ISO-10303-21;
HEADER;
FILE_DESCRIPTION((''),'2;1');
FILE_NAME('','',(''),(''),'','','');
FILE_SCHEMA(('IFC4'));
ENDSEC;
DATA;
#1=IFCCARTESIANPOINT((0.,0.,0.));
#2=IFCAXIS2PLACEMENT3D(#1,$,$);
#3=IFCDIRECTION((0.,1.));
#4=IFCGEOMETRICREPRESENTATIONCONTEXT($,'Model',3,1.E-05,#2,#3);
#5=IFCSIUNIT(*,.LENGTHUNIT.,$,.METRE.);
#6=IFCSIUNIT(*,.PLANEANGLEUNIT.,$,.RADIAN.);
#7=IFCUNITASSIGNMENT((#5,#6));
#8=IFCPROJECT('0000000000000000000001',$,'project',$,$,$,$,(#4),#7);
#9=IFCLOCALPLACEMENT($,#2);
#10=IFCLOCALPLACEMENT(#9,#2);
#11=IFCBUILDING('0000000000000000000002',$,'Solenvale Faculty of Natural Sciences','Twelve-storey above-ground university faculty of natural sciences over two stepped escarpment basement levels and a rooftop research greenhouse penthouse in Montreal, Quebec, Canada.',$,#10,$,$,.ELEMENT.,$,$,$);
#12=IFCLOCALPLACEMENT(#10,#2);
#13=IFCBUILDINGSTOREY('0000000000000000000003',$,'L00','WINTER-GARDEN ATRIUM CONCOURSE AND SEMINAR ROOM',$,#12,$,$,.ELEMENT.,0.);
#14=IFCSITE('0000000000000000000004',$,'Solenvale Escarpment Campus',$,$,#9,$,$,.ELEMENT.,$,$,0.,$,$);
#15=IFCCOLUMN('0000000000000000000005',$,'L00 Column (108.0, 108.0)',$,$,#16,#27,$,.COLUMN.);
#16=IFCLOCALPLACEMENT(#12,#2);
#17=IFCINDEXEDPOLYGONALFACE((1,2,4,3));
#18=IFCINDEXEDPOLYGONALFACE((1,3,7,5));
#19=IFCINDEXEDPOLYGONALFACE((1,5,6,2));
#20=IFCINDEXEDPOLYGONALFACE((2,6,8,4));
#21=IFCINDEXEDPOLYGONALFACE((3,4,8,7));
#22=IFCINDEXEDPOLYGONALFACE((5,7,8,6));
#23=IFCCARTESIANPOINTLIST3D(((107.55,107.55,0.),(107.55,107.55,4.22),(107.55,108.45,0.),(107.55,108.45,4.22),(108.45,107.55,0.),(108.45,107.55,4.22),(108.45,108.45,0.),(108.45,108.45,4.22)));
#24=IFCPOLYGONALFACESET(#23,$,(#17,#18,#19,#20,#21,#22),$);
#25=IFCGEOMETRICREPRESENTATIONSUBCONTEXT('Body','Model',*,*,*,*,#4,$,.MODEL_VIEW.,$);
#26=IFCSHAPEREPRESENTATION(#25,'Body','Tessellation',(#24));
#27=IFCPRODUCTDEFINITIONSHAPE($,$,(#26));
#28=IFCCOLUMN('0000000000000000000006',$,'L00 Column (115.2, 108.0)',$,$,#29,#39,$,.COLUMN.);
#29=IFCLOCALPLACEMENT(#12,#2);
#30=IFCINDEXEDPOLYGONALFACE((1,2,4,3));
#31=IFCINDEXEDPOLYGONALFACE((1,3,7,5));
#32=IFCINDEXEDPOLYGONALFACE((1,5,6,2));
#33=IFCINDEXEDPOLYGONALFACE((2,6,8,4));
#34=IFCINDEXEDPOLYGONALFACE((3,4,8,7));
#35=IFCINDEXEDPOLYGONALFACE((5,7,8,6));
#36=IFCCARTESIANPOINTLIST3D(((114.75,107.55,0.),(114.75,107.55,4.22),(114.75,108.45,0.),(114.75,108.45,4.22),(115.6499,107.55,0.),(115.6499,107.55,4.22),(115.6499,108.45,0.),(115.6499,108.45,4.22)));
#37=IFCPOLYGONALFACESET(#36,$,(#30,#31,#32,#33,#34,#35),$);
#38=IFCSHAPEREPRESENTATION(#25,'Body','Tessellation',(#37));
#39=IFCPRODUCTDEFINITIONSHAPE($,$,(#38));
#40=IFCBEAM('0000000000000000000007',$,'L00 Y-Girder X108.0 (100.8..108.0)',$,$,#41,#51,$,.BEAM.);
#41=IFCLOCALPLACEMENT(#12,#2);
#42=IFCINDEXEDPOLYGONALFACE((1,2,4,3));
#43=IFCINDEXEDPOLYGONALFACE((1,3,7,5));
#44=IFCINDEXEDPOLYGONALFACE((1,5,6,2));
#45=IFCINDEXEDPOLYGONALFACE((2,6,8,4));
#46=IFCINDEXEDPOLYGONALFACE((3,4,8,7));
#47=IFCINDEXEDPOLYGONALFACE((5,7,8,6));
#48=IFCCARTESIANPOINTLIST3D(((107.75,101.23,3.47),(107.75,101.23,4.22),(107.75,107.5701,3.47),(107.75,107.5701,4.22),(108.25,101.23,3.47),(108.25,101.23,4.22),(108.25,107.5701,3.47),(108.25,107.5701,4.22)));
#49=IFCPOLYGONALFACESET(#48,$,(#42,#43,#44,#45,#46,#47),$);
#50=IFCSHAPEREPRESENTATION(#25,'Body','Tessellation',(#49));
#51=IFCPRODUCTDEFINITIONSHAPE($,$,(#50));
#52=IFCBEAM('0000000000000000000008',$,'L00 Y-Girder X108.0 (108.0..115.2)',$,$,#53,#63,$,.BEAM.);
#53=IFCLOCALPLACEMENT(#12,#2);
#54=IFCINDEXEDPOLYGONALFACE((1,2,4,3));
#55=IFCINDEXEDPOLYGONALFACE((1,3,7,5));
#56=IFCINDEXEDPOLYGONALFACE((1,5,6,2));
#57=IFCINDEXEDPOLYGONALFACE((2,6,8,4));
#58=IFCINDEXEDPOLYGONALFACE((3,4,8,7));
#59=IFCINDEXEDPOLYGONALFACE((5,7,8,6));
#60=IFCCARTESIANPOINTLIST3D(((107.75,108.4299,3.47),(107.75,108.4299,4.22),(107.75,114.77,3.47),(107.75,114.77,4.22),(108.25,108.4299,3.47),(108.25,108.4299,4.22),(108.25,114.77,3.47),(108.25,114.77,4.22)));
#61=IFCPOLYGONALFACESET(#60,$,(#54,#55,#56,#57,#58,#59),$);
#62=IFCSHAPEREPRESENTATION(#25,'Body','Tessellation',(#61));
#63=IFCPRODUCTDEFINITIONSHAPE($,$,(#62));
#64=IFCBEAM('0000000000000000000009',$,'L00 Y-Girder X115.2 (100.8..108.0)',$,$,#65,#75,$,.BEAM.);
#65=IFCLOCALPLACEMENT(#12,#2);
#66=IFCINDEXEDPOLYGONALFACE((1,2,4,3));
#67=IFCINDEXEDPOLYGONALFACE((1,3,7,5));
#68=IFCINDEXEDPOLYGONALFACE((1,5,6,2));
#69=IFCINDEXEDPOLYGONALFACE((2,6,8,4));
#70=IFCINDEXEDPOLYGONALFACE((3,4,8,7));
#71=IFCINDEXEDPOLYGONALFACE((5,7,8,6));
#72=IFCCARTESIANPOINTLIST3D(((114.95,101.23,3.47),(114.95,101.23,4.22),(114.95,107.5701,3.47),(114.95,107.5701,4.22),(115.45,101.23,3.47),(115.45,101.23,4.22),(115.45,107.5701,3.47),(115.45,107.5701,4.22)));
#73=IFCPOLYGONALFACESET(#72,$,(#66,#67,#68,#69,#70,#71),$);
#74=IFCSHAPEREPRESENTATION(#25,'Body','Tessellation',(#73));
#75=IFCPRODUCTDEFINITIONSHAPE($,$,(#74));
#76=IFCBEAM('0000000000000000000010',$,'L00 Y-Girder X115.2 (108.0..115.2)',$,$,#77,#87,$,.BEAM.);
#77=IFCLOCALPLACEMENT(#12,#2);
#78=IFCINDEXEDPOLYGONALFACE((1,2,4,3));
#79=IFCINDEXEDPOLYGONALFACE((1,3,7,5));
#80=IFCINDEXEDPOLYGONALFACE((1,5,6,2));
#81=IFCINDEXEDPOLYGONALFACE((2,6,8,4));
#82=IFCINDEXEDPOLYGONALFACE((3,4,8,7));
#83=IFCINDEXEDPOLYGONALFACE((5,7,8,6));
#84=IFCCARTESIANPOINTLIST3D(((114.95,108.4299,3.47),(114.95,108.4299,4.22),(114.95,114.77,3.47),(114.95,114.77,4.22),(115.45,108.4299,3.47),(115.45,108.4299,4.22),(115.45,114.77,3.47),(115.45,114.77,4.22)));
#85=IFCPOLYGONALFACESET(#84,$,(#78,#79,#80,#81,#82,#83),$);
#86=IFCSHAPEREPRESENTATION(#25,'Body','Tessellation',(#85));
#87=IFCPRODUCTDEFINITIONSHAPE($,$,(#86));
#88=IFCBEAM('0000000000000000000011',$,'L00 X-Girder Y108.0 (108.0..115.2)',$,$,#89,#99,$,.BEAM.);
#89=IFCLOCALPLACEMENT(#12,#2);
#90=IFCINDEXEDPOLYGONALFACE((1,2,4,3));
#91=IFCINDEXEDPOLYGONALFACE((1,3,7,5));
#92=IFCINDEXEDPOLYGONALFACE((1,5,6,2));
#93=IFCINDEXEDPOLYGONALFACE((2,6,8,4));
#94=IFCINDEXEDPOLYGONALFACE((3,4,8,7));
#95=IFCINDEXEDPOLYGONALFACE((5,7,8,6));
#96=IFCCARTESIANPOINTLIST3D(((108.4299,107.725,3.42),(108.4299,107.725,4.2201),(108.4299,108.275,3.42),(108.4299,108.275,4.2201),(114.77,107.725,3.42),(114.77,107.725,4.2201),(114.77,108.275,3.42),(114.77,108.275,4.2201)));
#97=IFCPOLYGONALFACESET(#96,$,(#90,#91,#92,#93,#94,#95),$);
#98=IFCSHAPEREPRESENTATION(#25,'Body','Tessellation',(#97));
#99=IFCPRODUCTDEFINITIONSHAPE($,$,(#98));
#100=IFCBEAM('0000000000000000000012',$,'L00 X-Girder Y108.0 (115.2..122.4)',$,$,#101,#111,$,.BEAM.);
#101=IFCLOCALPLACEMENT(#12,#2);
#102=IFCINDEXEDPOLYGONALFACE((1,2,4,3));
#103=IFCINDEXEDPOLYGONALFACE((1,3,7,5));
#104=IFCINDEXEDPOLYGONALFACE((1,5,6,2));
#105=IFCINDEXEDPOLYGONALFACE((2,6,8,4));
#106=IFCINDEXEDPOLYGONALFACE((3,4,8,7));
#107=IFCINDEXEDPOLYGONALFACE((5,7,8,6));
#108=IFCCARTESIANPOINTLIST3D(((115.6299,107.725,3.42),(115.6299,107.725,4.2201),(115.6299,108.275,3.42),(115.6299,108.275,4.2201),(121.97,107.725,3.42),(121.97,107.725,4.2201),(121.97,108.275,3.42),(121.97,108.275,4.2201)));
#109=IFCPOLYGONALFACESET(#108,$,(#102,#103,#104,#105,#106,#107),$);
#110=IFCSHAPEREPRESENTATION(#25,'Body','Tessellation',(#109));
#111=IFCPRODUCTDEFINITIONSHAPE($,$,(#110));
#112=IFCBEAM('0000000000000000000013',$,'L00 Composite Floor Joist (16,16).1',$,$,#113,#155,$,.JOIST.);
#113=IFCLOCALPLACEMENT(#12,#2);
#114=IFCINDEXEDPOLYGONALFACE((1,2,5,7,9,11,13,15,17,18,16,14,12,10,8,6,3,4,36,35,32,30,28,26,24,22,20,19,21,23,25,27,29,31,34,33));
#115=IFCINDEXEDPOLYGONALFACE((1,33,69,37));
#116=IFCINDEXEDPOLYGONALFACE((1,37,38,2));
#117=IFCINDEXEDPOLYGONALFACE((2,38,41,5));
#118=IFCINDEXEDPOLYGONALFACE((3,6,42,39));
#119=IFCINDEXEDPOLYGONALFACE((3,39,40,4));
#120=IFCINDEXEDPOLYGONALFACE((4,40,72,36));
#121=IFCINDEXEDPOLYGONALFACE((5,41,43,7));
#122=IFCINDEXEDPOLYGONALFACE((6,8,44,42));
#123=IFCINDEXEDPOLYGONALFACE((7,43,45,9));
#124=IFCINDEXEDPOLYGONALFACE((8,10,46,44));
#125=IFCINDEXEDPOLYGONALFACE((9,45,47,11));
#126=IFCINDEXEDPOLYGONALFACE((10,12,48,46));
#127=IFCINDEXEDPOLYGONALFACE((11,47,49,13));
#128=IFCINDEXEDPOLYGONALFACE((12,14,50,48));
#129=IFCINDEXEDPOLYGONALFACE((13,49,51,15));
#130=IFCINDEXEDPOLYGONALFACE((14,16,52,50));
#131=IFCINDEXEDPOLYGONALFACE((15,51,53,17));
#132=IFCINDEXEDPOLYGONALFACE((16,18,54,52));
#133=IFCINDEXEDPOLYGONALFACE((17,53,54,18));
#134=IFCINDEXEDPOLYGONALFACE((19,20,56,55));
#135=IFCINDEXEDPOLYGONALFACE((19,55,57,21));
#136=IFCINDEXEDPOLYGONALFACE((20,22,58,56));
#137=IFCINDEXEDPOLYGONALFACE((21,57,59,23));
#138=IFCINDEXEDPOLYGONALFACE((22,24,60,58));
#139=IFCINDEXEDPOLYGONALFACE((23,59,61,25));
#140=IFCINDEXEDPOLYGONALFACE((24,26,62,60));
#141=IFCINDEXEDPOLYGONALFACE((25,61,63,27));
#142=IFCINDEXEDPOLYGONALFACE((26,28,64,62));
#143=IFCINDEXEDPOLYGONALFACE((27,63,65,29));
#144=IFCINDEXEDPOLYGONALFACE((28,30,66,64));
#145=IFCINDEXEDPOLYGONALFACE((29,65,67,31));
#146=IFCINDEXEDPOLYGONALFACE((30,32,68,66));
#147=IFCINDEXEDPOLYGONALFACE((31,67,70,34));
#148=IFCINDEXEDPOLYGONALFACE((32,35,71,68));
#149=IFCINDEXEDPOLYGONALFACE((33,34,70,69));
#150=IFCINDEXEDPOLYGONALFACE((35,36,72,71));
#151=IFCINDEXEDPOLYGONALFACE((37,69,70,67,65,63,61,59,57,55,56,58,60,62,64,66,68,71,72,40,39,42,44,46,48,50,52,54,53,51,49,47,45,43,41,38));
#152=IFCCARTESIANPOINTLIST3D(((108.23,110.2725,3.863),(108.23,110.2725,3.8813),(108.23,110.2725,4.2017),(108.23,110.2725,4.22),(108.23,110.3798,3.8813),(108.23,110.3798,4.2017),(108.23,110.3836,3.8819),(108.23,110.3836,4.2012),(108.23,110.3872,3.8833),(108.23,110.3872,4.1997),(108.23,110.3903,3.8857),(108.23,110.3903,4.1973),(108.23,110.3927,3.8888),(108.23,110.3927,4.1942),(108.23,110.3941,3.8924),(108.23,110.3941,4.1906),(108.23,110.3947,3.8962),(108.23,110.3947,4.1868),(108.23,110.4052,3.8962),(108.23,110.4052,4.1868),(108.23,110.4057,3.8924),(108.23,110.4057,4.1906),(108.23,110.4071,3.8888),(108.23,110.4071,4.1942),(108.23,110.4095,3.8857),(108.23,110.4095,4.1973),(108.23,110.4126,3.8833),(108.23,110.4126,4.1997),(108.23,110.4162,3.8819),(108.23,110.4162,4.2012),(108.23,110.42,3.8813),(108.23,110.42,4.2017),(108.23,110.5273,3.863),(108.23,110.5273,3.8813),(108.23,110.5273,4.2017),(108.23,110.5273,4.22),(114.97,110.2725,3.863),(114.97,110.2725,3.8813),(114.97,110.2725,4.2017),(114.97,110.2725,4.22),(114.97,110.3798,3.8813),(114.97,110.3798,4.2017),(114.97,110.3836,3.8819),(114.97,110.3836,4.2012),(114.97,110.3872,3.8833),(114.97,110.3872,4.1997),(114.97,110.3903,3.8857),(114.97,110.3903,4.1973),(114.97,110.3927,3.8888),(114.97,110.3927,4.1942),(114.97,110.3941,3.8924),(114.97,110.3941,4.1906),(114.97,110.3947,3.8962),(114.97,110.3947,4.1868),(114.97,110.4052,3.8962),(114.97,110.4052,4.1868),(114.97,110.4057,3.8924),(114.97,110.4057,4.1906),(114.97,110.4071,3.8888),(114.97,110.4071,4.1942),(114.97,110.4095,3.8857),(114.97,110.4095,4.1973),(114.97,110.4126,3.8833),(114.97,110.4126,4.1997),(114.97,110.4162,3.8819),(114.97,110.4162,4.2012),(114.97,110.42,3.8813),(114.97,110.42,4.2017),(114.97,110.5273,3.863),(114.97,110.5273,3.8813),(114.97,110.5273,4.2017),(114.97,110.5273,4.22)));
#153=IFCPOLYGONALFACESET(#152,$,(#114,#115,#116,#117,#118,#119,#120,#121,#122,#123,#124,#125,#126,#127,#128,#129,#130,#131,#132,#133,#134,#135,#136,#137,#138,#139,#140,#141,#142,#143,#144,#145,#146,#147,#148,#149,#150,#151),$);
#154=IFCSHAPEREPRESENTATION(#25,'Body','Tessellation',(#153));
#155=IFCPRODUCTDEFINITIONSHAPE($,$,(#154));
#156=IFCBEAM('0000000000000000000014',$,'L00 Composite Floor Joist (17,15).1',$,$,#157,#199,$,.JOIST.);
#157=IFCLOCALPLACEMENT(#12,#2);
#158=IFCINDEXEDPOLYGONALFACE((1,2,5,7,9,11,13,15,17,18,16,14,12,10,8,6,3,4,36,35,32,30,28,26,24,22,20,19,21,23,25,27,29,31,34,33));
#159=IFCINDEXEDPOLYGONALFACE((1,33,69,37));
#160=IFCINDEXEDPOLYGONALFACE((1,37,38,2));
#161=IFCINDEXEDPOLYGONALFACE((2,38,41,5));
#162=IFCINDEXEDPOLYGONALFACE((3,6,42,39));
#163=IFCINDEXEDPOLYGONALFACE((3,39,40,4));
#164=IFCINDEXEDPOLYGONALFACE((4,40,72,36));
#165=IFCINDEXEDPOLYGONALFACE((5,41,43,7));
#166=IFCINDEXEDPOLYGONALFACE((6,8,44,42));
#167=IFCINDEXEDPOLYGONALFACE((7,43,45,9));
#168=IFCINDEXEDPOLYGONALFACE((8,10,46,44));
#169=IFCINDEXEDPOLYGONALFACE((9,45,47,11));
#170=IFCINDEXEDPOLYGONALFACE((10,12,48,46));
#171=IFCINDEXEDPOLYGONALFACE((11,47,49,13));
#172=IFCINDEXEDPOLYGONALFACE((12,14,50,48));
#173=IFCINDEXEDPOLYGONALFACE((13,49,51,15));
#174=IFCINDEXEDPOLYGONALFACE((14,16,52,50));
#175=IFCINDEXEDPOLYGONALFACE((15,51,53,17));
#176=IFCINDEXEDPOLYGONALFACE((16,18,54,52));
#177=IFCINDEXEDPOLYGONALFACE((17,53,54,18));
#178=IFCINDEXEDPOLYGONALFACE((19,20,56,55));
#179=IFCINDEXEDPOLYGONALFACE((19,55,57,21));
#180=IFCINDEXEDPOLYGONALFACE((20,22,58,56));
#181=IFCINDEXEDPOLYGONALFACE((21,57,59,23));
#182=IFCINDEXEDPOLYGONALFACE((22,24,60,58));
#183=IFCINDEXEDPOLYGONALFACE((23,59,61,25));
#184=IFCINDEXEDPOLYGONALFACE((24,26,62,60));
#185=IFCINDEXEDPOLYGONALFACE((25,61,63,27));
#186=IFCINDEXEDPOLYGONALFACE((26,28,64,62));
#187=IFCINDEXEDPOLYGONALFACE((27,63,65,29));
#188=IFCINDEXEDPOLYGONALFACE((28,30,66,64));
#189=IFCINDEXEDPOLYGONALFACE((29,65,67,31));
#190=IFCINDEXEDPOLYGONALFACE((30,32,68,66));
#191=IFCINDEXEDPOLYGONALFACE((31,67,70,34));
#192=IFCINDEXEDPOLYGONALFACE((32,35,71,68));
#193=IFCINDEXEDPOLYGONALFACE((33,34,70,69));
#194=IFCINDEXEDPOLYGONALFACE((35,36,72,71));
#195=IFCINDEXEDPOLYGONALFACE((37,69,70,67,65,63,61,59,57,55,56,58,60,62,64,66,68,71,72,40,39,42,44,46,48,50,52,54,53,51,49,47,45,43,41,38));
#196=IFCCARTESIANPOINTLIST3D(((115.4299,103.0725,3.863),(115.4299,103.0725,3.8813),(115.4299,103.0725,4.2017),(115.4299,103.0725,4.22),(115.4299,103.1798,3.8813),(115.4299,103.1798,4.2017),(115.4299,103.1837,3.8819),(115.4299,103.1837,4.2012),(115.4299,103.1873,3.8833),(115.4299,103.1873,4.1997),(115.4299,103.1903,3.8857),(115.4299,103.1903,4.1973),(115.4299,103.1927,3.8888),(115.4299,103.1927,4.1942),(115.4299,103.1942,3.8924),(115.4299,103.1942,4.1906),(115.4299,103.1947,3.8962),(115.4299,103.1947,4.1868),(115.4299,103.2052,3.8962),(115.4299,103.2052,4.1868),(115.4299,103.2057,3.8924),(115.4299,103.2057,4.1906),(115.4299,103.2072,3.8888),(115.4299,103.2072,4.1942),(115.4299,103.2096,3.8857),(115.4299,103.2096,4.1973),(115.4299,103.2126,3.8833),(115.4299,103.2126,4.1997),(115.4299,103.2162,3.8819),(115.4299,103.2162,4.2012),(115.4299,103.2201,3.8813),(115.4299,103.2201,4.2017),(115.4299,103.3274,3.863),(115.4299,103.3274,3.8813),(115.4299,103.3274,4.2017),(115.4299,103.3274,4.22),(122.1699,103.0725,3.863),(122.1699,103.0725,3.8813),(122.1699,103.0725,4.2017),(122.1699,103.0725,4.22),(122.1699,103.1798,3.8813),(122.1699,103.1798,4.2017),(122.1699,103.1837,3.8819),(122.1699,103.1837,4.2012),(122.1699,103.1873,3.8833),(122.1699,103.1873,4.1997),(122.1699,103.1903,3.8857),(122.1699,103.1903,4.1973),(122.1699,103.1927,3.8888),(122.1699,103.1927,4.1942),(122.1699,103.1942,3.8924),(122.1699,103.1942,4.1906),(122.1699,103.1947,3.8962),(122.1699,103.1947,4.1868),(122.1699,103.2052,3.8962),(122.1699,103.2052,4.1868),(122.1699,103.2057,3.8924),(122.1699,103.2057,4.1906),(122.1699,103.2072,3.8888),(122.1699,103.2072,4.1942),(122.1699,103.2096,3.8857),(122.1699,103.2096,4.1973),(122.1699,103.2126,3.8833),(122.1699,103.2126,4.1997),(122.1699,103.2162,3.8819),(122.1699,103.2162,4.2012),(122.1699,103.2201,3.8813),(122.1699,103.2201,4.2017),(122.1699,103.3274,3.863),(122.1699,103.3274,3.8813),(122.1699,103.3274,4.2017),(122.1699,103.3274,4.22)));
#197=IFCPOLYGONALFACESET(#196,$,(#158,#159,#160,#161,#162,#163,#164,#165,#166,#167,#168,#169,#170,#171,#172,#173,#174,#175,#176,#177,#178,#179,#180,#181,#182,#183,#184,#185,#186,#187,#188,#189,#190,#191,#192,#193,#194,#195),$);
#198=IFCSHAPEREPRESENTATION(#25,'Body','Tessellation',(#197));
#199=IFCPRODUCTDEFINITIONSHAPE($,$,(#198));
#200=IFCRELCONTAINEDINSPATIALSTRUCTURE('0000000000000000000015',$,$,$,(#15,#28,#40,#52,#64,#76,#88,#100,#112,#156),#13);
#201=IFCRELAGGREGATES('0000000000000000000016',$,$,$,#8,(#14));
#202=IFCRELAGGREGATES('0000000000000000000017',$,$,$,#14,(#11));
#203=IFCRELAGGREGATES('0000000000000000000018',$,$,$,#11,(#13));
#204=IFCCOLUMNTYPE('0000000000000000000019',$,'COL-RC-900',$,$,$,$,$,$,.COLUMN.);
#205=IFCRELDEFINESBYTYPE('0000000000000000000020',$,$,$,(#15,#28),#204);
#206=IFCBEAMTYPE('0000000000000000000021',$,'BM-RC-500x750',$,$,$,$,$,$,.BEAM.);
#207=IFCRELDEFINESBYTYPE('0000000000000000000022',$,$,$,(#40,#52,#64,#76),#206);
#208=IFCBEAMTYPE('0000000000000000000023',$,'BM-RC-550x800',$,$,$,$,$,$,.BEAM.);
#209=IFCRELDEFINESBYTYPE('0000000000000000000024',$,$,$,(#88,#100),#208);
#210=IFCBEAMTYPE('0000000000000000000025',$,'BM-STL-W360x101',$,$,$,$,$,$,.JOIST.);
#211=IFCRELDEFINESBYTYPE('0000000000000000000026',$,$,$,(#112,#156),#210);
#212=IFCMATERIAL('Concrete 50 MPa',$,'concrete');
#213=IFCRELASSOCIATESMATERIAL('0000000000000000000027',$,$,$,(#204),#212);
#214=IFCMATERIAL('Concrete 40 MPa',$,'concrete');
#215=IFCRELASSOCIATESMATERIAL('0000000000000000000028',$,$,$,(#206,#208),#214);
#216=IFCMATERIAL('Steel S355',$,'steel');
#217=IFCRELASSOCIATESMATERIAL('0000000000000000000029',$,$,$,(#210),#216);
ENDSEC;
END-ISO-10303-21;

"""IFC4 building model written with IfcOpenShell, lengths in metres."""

from ifc_helpers import new_model, si_unit, direction, frame, origin, origin_2d, place, context, subcontext, project, spatial, rectangle, i_section, extrude, material, material_profile, profile_set, type_object, element, save


model = new_model("IFC4")

# Units and contexts
model_context = context("Model", 3, precision=1e-05, world=origin(), true_north=direction((0.0, 1.0)))
body_context = subcontext(model_context, "Body", "Model", "MODEL_VIEW")
ifc_project = project(units=[si_unit("LENGTHUNIT", "METRE"), si_unit("PLANEANGLEUNIT", "RADIAN")], contexts=[model_context])

# Site, building, storey
site_placement = place(None, origin())
site = spatial("IfcSite", under=ifc_project, at=site_placement, Name="Solenvale Escarpment Campus", CompositionType="ELEMENT", RefElevation=0.0)
building_placement = place(site_placement, origin())
building = spatial("IfcBuilding", under=site, at=building_placement, Name="Solenvale Faculty of Natural Sciences", Description="Twelve-storey above-ground university faculty of natural sciences over two stepped escarpment basement levels and a rooftop research greenhouse penthouse in Montreal, Quebec, Canada.", CompositionType="ELEMENT")
storey_placement = place(building_placement, origin())
storey = spatial("IfcBuildingStorey", under=building, at=storey_placement, Name="L00", Description="WINTER-GARDEN ATRIUM CONCOURSE AND SEMINAR ROOM", CompositionType="ELEMENT", Elevation=0.0)

# Columns
ifc_material_1 = material(Name="Concrete 50 MPa", Category="concrete")
ifc_material_profile_1 = material_profile(ifc_material_1, rectangle(XDim=0.8999, YDim=0.8999, at=origin_2d()), Name="RC-COL-900x900")
ifc_profile_set_1 = profile_set([ifc_material_profile_1], Name="Concrete 50 MPa")
column_type = type_object("IfcColumnType", Name="COL-RC-900", PredefinedType="COLUMN", material=ifc_profile_set_1)
for number, where, z_axis, x_axis, name in (
    (1, (108.0, 108.0, 0.0), (0.0, 0.0, 1.0), (1.0, 0.0, 0.0), "L00 Column (108.0, 108.0)"),
    (2, (115.2, 108.0, 0.0), (0.0, 0.0, 1.0), (1.0, 0.0, 0.0), "L00 Column (115.2, 108.0)"),
):
    element("IfcColumn", number, at=place(storey_placement, frame(where, z_axis=z_axis, x_axis=x_axis)), inside=storey, type_object=column_type, Name=name, PredefinedType="COLUMN", context=body_context, shape_type="SweptSolid", body=[
        extrude(rectangle(XDim=0.8999, YDim=0.8999, at=origin_2d()), origin(), (0.0, 0.0, 1.0), 4.22),
    ])

# Beams
ifc_material_2 = material(Name="Concrete 40 MPa", Category="concrete")
ifc_material_profile_2 = material_profile(ifc_material_2, rectangle(XDim=0.5, YDim=0.75, at=origin_2d()), Name="RC-BM-500x750")
ifc_profile_set_2 = profile_set([ifc_material_profile_2], Name="Concrete 40 MPa")
beam_type_1 = type_object("IfcBeamType", Name="BM-RC-500x750", PredefinedType="BEAM", material=ifc_profile_set_2)
for number, where, z_axis, x_axis, name in (
    (3, (108.0, 101.23, 3.845), (0.0, 1.0, 0.0), (-1.0, 0.0, 0.0), "L00 Y-Girder X108.0 (100.8..108.0)"),
    (4, (108.0, 108.4299, 3.845), (0.0, 1.0, 0.0), (-1.0, 0.0, 0.0), "L00 Y-Girder X108.0 (108.0..115.2)"),
    (5, (115.2, 101.23, 3.845), (0.0, 1.0, 0.0), (-1.0, 0.0, 0.0), "L00 Y-Girder X115.2 (100.8..108.0)"),
    (6, (115.2, 108.4299, 3.845), (0.0, 1.0, 0.0), (-1.0, 0.0, 0.0), "L00 Y-Girder X115.2 (108.0..115.2)"),
):
    element("IfcBeam", number, at=place(storey_placement, frame(where, z_axis=z_axis, x_axis=x_axis)), inside=storey, type_object=beam_type_1, Name=name, PredefinedType="BEAM", context=body_context, shape_type="SweptSolid", body=[
        extrude(rectangle(XDim=0.5, YDim=0.75, at=origin_2d()), origin(), (0.0, 0.0, 1.0), 6.3401),
    ])
ifc_material_profile_3 = material_profile(ifc_material_2, rectangle(XDim=0.55, YDim=0.8, at=origin_2d()), Name="RC-BM-550x800")
ifc_profile_set_3 = profile_set([ifc_material_profile_3], Name="Concrete 40 MPa")
beam_type_2 = type_object("IfcBeamType", Name="BM-RC-550x800", PredefinedType="BEAM", material=ifc_profile_set_3)
for number, where, z_axis, x_axis, name in (
    (7, (108.4299, 108.0, 3.8201), (1.0, 0.0, 0.0), (0.0, 1.0, 0.0), "L00 X-Girder Y108.0 (108.0..115.2)"),
    (8, (115.6299, 108.0, 3.8201), (1.0, 0.0, 0.0), (0.0, 1.0, 0.0), "L00 X-Girder Y108.0 (115.2..122.4)"),
):
    element("IfcBeam", number, at=place(storey_placement, frame(where, z_axis=z_axis, x_axis=x_axis)), inside=storey, type_object=beam_type_2, Name=name, PredefinedType="BEAM", context=body_context, shape_type="SweptSolid", body=[
        extrude(rectangle(XDim=0.55, YDim=0.8, at=origin_2d()), origin(), (0.0, 0.0, 1.0), 6.3401),
    ])
ifc_material_3 = material(Name="Steel S355", Category="steel")
ifc_material_profile_4 = material_profile(ifc_material_3, i_section(OverallWidth=0.2549, OverallDepth=0.3569, WebThickness=0.0105, FlangeThickness=0.0183, FilletRadius=0.0149, at=origin_2d()), Name="W360x101")
ifc_profile_set_4 = profile_set([ifc_material_profile_4], Name="Steel S355")
beam_type_3 = type_object("IfcBeamType", Name="BM-STL-W360x101", PredefinedType="JOIST", material=ifc_profile_set_4)
for number, where, z_axis, x_axis, name in (
    (9, (108.23, 110.3999, 4.0415), (1.0, 0.0, 0.0), (0.0, 1.0, 0.0), "L00 Composite Floor Joist (16,16).1"),
    (10, (115.4299, 103.2, 4.0415), (1.0, 0.0, 0.0), (0.0, 1.0, 0.0), "L00 Composite Floor Joist (17,15).1"),
):
    element("IfcBeam", number, at=place(storey_placement, frame(where, z_axis=z_axis, x_axis=x_axis)), inside=storey, type_object=beam_type_3, Name=name, PredefinedType="JOIST", context=body_context, shape_type="SweptSolid", body=[
        extrude(i_section(OverallWidth=0.2549, OverallDepth=0.3569, WebThickness=0.0105, FlangeThickness=0.0183, FilletRadius=0.0149, at=origin_2d()), origin(), (0.0, 0.0, 1.0), 6.74),
    ])

save(model, "model.ifc")
